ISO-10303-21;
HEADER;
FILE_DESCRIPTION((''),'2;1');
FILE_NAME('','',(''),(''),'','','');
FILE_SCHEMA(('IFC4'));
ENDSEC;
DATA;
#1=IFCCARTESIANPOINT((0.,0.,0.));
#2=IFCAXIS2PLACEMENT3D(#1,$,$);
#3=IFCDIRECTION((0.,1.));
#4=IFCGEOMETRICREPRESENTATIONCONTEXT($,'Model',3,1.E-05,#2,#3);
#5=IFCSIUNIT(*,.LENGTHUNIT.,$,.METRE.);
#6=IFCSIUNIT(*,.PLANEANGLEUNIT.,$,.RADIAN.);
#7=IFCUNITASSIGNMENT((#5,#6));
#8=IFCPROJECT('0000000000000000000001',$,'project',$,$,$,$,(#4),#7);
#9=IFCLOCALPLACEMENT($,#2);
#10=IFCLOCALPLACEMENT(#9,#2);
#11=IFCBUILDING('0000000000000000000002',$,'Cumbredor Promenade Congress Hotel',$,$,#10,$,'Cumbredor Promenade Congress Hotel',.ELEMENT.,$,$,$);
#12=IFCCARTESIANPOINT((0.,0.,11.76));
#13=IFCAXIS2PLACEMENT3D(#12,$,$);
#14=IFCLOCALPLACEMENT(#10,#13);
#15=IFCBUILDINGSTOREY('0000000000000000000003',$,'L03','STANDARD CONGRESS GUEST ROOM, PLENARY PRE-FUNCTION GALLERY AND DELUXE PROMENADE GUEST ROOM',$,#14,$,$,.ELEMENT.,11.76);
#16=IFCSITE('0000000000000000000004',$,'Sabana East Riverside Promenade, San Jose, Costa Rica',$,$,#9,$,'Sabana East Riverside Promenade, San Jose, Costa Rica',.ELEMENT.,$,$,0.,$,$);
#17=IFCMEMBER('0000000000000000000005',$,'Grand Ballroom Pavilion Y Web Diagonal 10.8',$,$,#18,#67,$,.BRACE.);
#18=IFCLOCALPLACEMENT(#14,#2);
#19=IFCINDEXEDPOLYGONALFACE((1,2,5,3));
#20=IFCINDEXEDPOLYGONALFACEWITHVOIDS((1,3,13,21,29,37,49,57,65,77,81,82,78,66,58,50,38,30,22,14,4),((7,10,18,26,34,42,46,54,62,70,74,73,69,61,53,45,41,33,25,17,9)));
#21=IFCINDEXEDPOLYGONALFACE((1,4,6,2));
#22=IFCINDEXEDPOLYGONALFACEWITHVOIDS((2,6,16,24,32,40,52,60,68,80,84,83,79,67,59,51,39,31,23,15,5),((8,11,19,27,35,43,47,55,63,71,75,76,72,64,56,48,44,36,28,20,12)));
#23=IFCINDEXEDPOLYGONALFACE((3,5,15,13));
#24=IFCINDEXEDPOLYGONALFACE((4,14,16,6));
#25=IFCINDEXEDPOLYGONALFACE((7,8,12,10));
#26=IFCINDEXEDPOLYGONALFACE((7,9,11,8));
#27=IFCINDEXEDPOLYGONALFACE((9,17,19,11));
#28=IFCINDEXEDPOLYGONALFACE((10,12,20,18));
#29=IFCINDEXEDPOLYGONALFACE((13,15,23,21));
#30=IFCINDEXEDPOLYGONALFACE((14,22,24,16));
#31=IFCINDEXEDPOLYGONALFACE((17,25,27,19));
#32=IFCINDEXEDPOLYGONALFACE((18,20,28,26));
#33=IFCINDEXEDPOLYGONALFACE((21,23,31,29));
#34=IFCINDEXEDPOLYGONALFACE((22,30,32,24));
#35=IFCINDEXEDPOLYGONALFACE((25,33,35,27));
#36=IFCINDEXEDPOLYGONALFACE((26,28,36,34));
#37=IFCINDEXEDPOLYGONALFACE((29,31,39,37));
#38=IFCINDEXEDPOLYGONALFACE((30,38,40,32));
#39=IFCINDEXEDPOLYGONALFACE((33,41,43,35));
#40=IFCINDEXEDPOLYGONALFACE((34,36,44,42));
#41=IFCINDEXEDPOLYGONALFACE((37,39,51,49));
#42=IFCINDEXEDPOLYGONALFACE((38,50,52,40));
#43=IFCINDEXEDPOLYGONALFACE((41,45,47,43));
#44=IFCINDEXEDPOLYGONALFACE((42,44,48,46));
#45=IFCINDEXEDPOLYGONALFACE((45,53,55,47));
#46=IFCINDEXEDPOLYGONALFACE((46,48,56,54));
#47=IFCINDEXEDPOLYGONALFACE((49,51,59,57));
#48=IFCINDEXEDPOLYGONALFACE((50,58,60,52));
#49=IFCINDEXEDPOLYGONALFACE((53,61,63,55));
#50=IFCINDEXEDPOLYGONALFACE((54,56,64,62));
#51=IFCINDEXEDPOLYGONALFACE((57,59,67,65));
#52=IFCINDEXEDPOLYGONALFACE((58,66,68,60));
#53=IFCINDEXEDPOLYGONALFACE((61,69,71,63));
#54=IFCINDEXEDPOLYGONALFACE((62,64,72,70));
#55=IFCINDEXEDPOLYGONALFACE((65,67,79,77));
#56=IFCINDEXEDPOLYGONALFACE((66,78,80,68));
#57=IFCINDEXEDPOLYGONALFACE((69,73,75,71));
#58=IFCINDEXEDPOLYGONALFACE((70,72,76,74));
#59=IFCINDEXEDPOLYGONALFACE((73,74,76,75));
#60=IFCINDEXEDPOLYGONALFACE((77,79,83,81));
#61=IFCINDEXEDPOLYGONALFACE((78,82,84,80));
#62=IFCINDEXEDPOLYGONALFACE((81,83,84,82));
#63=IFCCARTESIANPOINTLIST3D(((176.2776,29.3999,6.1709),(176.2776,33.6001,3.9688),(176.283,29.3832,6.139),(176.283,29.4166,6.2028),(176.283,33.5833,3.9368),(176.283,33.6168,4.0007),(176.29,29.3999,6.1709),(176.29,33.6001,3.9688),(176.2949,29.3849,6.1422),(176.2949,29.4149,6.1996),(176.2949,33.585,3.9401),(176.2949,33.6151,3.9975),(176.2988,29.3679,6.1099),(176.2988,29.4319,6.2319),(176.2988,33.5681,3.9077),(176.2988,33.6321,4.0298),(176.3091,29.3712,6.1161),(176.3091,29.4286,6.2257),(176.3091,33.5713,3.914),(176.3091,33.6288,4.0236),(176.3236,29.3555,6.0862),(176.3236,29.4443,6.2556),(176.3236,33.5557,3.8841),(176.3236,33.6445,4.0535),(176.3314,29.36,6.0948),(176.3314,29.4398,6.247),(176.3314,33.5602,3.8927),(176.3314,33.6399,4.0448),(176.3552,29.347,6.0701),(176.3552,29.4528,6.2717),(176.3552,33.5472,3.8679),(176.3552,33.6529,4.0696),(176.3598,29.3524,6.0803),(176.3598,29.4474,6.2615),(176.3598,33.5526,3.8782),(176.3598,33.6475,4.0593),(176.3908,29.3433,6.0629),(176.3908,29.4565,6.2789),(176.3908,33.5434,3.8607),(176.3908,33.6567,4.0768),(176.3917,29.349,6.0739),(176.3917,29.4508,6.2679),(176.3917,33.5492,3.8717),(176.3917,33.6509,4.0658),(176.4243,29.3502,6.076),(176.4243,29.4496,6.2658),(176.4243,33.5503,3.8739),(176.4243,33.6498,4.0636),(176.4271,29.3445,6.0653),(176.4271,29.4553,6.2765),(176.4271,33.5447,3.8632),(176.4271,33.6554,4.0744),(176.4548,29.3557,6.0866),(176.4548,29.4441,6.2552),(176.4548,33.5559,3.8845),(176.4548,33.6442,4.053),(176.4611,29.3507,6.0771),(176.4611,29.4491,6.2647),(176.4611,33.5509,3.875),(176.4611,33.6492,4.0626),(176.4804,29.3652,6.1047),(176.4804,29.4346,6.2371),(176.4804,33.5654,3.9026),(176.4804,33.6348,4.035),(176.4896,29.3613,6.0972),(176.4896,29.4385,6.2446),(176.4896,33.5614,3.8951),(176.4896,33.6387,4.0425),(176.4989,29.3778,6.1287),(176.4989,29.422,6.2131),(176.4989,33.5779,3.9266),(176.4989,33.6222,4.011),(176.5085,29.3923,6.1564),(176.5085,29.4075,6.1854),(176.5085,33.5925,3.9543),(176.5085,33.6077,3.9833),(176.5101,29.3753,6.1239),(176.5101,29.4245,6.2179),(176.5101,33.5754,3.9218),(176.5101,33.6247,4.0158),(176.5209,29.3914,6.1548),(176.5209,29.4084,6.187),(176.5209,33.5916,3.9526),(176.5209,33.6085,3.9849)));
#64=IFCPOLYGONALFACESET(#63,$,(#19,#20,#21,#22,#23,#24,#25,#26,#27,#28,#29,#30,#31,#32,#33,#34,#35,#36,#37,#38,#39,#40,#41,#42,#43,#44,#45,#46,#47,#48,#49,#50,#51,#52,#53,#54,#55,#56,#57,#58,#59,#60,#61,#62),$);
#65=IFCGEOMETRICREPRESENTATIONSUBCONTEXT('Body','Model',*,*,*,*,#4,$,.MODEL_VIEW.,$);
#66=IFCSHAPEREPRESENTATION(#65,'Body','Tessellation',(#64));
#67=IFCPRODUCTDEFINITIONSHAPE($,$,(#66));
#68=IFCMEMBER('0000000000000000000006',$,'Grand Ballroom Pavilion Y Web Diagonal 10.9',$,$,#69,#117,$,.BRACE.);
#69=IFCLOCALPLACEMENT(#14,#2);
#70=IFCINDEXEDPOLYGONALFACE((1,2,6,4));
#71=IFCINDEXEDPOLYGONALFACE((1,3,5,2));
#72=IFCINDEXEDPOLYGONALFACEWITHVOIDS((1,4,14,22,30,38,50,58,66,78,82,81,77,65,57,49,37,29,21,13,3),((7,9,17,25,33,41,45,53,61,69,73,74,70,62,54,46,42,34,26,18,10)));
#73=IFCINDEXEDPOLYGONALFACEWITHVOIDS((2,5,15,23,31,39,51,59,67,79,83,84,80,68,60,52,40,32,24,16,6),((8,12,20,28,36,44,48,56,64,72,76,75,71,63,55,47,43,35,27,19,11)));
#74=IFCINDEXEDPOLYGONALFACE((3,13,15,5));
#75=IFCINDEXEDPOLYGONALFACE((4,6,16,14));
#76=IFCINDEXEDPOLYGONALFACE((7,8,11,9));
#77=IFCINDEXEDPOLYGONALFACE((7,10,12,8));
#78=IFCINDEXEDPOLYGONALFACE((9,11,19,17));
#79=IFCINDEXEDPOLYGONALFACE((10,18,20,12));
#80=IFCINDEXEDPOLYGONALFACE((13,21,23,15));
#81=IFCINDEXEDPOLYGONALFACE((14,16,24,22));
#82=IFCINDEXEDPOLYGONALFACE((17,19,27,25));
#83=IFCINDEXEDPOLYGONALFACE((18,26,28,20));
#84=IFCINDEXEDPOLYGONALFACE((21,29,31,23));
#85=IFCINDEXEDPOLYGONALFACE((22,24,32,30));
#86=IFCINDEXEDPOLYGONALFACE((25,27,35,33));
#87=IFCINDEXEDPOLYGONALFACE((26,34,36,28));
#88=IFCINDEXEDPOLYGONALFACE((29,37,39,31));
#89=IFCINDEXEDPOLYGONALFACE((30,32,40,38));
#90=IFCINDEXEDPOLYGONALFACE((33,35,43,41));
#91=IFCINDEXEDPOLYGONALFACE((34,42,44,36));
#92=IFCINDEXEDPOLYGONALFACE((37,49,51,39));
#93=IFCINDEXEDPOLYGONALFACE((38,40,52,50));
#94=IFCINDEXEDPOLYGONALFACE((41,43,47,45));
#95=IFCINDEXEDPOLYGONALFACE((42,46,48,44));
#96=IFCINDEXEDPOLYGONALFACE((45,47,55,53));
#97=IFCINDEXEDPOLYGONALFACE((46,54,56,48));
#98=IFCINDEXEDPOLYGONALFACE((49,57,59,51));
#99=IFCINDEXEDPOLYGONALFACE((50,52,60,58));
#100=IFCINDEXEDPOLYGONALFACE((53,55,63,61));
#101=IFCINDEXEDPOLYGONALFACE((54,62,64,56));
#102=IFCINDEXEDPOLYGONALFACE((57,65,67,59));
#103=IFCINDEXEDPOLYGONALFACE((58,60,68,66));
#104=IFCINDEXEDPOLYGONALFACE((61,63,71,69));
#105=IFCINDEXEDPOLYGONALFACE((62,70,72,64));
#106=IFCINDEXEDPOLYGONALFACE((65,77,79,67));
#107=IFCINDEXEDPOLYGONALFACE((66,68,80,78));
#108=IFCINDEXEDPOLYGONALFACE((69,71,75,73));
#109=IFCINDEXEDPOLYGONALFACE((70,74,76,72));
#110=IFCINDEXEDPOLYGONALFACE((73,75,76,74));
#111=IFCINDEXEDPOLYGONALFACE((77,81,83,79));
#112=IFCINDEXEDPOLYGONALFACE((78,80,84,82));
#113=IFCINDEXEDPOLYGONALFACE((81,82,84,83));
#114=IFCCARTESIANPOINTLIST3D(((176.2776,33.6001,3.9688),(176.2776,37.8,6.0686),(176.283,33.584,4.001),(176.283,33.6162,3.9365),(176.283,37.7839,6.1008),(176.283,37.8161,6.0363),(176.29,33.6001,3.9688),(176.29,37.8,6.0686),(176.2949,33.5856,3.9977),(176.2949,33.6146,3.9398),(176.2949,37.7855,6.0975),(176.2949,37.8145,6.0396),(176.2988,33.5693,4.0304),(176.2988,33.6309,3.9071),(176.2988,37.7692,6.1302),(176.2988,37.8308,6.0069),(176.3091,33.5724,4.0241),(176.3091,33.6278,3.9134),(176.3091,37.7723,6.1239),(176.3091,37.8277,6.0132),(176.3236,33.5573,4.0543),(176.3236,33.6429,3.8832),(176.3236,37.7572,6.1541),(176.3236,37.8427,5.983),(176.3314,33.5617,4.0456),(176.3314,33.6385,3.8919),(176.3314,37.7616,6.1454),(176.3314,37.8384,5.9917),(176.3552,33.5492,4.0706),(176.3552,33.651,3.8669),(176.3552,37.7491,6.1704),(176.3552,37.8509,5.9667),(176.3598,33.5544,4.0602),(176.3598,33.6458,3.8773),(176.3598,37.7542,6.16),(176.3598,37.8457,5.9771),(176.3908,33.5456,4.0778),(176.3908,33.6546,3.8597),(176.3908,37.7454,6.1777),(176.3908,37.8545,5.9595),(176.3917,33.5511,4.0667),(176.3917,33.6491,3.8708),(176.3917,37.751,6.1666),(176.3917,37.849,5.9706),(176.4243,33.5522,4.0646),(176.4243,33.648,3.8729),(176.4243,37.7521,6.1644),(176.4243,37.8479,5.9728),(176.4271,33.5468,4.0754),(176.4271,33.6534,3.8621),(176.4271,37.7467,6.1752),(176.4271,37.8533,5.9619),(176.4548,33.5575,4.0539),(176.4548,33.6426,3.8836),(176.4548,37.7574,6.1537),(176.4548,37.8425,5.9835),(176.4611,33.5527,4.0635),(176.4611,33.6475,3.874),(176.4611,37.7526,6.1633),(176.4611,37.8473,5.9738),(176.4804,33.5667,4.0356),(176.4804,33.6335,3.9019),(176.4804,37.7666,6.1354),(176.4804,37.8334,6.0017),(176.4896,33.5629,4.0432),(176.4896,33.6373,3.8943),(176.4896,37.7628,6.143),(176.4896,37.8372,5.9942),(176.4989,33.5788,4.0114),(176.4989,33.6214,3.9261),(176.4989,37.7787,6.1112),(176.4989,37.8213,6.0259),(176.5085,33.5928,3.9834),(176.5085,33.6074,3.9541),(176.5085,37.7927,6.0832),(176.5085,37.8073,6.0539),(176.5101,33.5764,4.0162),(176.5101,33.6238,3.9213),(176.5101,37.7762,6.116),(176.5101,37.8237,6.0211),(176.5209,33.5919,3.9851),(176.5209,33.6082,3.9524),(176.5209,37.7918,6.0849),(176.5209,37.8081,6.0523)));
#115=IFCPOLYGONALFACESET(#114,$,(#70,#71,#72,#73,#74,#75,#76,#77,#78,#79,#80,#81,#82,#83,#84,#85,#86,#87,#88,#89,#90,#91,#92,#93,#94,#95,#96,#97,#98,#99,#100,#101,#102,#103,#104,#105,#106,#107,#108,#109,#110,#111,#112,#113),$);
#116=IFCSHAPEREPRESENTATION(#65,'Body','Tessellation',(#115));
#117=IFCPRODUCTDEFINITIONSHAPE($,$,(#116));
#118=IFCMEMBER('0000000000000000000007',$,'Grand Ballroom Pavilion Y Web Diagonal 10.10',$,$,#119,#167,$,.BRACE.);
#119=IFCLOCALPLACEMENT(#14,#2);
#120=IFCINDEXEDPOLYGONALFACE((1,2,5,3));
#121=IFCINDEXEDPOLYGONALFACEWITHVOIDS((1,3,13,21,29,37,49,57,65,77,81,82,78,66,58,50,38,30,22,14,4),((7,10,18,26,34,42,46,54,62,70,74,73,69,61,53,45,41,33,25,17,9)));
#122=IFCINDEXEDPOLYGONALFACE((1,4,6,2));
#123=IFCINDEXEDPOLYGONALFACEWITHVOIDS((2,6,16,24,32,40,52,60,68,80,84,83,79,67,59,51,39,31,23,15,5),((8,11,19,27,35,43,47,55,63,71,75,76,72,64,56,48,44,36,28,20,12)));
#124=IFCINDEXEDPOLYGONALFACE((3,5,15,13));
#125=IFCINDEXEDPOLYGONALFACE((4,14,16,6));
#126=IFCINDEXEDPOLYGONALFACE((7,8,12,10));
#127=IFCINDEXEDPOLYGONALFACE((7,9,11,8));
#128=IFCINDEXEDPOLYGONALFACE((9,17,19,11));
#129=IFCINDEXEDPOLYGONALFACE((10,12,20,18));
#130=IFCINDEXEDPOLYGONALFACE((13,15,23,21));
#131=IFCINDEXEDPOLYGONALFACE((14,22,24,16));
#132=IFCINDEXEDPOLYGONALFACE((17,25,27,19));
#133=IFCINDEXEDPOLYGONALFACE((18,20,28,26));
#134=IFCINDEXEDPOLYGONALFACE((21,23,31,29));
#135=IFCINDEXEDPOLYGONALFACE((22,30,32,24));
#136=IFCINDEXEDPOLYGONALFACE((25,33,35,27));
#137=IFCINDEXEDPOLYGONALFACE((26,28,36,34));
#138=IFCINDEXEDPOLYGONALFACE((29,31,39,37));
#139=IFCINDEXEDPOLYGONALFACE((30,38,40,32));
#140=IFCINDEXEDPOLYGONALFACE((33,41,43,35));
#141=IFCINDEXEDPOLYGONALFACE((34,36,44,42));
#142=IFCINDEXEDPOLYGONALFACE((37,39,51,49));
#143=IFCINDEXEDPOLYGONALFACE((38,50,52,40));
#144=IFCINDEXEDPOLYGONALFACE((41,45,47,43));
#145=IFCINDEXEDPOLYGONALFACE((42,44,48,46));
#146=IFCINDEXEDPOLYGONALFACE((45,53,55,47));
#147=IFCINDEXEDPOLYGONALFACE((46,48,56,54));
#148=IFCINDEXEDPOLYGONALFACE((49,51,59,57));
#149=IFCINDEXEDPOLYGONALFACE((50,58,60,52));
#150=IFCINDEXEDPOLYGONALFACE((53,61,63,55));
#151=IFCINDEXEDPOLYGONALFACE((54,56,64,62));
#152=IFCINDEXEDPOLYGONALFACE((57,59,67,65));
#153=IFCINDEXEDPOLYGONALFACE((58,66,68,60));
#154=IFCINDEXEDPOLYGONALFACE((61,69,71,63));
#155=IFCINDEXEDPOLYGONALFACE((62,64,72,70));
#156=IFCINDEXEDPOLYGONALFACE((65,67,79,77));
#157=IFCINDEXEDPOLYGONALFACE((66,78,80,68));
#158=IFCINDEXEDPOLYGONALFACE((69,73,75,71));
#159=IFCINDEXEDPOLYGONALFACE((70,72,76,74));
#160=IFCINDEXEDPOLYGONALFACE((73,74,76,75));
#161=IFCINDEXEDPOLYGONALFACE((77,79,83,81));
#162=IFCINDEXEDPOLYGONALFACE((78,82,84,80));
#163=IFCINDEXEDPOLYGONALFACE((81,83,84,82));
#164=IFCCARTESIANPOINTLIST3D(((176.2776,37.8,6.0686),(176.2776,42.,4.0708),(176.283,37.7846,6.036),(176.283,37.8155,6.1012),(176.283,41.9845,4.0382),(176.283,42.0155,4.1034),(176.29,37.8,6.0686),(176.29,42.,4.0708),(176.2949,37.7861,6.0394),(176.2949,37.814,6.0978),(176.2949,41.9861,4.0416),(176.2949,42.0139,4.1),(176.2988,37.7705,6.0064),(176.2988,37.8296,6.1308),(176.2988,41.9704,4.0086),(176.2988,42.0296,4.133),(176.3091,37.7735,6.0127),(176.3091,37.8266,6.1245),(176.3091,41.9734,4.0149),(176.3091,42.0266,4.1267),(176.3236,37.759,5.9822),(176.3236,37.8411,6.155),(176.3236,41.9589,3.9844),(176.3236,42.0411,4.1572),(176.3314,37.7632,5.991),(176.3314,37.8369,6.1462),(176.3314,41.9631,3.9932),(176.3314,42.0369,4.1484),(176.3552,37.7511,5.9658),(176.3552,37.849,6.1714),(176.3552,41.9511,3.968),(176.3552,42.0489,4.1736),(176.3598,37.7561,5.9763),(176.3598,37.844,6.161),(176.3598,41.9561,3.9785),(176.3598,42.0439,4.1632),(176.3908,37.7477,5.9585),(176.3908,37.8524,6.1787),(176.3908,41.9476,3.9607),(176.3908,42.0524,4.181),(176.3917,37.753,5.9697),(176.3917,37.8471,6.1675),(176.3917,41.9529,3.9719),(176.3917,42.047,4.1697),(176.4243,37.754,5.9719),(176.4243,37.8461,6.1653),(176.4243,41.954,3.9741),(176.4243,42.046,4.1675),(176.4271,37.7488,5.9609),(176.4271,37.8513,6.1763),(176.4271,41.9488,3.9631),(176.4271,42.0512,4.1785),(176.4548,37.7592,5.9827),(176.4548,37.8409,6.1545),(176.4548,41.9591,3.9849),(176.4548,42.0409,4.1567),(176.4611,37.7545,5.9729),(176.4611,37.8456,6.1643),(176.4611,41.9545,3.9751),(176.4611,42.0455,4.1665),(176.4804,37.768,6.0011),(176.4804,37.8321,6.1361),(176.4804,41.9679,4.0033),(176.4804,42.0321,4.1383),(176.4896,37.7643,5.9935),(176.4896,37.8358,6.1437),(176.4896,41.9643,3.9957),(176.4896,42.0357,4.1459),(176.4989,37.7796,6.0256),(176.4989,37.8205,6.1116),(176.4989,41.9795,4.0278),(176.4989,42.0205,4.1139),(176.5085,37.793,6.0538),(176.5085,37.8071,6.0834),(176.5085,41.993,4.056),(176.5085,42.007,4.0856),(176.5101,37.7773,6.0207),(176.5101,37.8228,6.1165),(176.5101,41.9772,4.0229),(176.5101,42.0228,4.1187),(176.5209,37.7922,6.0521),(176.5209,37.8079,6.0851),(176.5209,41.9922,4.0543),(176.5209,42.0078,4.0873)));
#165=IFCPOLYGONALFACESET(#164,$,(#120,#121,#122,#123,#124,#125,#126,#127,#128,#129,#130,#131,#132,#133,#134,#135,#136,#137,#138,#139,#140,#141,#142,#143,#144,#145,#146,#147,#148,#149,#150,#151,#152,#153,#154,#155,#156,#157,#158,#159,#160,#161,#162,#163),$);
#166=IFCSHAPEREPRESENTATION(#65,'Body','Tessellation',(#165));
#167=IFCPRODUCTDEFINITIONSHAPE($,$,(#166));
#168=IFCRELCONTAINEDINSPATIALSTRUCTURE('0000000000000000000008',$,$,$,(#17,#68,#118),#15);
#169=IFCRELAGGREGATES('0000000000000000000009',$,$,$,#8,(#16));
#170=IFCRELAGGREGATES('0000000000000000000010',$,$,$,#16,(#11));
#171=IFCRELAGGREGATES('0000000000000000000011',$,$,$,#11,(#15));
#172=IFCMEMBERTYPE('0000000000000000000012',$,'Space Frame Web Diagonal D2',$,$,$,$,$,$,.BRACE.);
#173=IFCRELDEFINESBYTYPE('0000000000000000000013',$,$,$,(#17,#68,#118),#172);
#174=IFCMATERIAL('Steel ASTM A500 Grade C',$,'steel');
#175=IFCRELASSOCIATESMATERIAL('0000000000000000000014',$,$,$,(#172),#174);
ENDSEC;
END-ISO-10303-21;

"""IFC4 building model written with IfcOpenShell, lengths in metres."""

from ifc_helpers import new_model, si_unit, direction, frame, origin, origin_2d, place, context, subcontext, project, spatial, hollow_circle, extrude, material, material_profile, profile_set, type_object, element, save


model = new_model("IFC4")

# Units and contexts
model_context = context("Model", 3, precision=1e-05, world=origin(), true_north=direction((0.0, 1.0)))
body_context = subcontext(model_context, "Body", "Model", "MODEL_VIEW")
ifc_project = project(units=[si_unit("LENGTHUNIT", "METRE"), si_unit("PLANEANGLEUNIT", "RADIAN")], contexts=[model_context])

# Site, building, storey
site_placement = place(None, origin())
site = spatial("IfcSite", under=ifc_project, at=site_placement, Name="Sabana East Riverside Promenade, San Jose, Costa Rica", LongName="Sabana East Riverside Promenade, San Jose, Costa Rica", CompositionType="ELEMENT", RefElevation=0.0)
building_placement = place(site_placement, origin())
building = spatial("IfcBuilding", under=site, at=building_placement, Name="Cumbredor Promenade Congress Hotel", LongName="Cumbredor Promenade Congress Hotel", CompositionType="ELEMENT")
storey_placement = place(building_placement, frame((0.0, 0.0, 11.76)))
storey = spatial("IfcBuildingStorey", under=building, at=storey_placement, Name="L03", Description="STANDARD CONGRESS GUEST ROOM, PLENARY PRE-FUNCTION GALLERY AND DELUXE PROMENADE GUEST ROOM", CompositionType="ELEMENT", Elevation=11.76)

# Members
ifc_material_1 = material(Name="Steel ASTM A500 Grade C", Category="steel")
ifc_material_profile_1 = material_profile(ifc_material_1, hollow_circle(Radius=0.1223, WallThickness=0.0125, at=origin_2d()), Name="CHS 244.5x12.5")
ifc_profile_set_1 = profile_set([ifc_material_profile_1], Name="Steel ASTM A500 Grade C")
member_type_1 = type_object("IfcMemberType", Name="Space Frame Web Diagonal D2", PredefinedType="BRACE", material=ifc_profile_set_1)
member_1_placement = place(storey_placement, frame((176.3999, 29.3999, 6.1709), z_axis=(0.0, 0.885654, -0.464346), x_axis=(-1.0, 0.0, 0.0)))
element("IfcMember", 1, at=member_1_placement, inside=storey, type_object=member_type_1, Name="Grand Ballroom Pavilion Y Web Diagonal 10.8", PredefinedType="BRACE", context=body_context, shape_type="SweptSolid", body=[
    extrude(hollow_circle(Radius=0.1223, WallThickness=0.0125, at=origin_2d()), origin(), (0.0, 0.0, 1.0), 4.7424),
])
member_2_placement = place(storey_placement, frame((176.3999, 33.6001, 3.9688), z_axis=(0.0, 0.894438, 0.447193), x_axis=(-1.0, 0.0, 0.0)))
element("IfcMember", 2, at=member_2_placement, inside=storey, type_object=member_type_1, Name="Grand Ballroom Pavilion Y Web Diagonal 10.9", PredefinedType="BRACE", context=body_context, shape_type="SweptSolid", body=[
    extrude(hollow_circle(Radius=0.1223, WallThickness=0.0125, at=origin_2d()), origin(), (0.0, 0.0, 1.0), 4.6956),
])
member_3_placement = place(storey_placement, frame((176.3999, 37.8, 6.0686), z_axis=(0.0, 0.903042, -0.429553), x_axis=(-1.0, 0.0, 0.0)))
element("IfcMember", 3, at=member_3_placement, inside=storey, type_object=member_type_1, Name="Grand Ballroom Pavilion Y Web Diagonal 10.10", PredefinedType="BRACE", context=body_context, shape_type="SweptSolid", body=[
    extrude(hollow_circle(Radius=0.1223, WallThickness=0.0125, at=origin_2d()), origin(), (0.0, 0.0, 1.0), 4.6509),
])

save(model, "model.ifc")
